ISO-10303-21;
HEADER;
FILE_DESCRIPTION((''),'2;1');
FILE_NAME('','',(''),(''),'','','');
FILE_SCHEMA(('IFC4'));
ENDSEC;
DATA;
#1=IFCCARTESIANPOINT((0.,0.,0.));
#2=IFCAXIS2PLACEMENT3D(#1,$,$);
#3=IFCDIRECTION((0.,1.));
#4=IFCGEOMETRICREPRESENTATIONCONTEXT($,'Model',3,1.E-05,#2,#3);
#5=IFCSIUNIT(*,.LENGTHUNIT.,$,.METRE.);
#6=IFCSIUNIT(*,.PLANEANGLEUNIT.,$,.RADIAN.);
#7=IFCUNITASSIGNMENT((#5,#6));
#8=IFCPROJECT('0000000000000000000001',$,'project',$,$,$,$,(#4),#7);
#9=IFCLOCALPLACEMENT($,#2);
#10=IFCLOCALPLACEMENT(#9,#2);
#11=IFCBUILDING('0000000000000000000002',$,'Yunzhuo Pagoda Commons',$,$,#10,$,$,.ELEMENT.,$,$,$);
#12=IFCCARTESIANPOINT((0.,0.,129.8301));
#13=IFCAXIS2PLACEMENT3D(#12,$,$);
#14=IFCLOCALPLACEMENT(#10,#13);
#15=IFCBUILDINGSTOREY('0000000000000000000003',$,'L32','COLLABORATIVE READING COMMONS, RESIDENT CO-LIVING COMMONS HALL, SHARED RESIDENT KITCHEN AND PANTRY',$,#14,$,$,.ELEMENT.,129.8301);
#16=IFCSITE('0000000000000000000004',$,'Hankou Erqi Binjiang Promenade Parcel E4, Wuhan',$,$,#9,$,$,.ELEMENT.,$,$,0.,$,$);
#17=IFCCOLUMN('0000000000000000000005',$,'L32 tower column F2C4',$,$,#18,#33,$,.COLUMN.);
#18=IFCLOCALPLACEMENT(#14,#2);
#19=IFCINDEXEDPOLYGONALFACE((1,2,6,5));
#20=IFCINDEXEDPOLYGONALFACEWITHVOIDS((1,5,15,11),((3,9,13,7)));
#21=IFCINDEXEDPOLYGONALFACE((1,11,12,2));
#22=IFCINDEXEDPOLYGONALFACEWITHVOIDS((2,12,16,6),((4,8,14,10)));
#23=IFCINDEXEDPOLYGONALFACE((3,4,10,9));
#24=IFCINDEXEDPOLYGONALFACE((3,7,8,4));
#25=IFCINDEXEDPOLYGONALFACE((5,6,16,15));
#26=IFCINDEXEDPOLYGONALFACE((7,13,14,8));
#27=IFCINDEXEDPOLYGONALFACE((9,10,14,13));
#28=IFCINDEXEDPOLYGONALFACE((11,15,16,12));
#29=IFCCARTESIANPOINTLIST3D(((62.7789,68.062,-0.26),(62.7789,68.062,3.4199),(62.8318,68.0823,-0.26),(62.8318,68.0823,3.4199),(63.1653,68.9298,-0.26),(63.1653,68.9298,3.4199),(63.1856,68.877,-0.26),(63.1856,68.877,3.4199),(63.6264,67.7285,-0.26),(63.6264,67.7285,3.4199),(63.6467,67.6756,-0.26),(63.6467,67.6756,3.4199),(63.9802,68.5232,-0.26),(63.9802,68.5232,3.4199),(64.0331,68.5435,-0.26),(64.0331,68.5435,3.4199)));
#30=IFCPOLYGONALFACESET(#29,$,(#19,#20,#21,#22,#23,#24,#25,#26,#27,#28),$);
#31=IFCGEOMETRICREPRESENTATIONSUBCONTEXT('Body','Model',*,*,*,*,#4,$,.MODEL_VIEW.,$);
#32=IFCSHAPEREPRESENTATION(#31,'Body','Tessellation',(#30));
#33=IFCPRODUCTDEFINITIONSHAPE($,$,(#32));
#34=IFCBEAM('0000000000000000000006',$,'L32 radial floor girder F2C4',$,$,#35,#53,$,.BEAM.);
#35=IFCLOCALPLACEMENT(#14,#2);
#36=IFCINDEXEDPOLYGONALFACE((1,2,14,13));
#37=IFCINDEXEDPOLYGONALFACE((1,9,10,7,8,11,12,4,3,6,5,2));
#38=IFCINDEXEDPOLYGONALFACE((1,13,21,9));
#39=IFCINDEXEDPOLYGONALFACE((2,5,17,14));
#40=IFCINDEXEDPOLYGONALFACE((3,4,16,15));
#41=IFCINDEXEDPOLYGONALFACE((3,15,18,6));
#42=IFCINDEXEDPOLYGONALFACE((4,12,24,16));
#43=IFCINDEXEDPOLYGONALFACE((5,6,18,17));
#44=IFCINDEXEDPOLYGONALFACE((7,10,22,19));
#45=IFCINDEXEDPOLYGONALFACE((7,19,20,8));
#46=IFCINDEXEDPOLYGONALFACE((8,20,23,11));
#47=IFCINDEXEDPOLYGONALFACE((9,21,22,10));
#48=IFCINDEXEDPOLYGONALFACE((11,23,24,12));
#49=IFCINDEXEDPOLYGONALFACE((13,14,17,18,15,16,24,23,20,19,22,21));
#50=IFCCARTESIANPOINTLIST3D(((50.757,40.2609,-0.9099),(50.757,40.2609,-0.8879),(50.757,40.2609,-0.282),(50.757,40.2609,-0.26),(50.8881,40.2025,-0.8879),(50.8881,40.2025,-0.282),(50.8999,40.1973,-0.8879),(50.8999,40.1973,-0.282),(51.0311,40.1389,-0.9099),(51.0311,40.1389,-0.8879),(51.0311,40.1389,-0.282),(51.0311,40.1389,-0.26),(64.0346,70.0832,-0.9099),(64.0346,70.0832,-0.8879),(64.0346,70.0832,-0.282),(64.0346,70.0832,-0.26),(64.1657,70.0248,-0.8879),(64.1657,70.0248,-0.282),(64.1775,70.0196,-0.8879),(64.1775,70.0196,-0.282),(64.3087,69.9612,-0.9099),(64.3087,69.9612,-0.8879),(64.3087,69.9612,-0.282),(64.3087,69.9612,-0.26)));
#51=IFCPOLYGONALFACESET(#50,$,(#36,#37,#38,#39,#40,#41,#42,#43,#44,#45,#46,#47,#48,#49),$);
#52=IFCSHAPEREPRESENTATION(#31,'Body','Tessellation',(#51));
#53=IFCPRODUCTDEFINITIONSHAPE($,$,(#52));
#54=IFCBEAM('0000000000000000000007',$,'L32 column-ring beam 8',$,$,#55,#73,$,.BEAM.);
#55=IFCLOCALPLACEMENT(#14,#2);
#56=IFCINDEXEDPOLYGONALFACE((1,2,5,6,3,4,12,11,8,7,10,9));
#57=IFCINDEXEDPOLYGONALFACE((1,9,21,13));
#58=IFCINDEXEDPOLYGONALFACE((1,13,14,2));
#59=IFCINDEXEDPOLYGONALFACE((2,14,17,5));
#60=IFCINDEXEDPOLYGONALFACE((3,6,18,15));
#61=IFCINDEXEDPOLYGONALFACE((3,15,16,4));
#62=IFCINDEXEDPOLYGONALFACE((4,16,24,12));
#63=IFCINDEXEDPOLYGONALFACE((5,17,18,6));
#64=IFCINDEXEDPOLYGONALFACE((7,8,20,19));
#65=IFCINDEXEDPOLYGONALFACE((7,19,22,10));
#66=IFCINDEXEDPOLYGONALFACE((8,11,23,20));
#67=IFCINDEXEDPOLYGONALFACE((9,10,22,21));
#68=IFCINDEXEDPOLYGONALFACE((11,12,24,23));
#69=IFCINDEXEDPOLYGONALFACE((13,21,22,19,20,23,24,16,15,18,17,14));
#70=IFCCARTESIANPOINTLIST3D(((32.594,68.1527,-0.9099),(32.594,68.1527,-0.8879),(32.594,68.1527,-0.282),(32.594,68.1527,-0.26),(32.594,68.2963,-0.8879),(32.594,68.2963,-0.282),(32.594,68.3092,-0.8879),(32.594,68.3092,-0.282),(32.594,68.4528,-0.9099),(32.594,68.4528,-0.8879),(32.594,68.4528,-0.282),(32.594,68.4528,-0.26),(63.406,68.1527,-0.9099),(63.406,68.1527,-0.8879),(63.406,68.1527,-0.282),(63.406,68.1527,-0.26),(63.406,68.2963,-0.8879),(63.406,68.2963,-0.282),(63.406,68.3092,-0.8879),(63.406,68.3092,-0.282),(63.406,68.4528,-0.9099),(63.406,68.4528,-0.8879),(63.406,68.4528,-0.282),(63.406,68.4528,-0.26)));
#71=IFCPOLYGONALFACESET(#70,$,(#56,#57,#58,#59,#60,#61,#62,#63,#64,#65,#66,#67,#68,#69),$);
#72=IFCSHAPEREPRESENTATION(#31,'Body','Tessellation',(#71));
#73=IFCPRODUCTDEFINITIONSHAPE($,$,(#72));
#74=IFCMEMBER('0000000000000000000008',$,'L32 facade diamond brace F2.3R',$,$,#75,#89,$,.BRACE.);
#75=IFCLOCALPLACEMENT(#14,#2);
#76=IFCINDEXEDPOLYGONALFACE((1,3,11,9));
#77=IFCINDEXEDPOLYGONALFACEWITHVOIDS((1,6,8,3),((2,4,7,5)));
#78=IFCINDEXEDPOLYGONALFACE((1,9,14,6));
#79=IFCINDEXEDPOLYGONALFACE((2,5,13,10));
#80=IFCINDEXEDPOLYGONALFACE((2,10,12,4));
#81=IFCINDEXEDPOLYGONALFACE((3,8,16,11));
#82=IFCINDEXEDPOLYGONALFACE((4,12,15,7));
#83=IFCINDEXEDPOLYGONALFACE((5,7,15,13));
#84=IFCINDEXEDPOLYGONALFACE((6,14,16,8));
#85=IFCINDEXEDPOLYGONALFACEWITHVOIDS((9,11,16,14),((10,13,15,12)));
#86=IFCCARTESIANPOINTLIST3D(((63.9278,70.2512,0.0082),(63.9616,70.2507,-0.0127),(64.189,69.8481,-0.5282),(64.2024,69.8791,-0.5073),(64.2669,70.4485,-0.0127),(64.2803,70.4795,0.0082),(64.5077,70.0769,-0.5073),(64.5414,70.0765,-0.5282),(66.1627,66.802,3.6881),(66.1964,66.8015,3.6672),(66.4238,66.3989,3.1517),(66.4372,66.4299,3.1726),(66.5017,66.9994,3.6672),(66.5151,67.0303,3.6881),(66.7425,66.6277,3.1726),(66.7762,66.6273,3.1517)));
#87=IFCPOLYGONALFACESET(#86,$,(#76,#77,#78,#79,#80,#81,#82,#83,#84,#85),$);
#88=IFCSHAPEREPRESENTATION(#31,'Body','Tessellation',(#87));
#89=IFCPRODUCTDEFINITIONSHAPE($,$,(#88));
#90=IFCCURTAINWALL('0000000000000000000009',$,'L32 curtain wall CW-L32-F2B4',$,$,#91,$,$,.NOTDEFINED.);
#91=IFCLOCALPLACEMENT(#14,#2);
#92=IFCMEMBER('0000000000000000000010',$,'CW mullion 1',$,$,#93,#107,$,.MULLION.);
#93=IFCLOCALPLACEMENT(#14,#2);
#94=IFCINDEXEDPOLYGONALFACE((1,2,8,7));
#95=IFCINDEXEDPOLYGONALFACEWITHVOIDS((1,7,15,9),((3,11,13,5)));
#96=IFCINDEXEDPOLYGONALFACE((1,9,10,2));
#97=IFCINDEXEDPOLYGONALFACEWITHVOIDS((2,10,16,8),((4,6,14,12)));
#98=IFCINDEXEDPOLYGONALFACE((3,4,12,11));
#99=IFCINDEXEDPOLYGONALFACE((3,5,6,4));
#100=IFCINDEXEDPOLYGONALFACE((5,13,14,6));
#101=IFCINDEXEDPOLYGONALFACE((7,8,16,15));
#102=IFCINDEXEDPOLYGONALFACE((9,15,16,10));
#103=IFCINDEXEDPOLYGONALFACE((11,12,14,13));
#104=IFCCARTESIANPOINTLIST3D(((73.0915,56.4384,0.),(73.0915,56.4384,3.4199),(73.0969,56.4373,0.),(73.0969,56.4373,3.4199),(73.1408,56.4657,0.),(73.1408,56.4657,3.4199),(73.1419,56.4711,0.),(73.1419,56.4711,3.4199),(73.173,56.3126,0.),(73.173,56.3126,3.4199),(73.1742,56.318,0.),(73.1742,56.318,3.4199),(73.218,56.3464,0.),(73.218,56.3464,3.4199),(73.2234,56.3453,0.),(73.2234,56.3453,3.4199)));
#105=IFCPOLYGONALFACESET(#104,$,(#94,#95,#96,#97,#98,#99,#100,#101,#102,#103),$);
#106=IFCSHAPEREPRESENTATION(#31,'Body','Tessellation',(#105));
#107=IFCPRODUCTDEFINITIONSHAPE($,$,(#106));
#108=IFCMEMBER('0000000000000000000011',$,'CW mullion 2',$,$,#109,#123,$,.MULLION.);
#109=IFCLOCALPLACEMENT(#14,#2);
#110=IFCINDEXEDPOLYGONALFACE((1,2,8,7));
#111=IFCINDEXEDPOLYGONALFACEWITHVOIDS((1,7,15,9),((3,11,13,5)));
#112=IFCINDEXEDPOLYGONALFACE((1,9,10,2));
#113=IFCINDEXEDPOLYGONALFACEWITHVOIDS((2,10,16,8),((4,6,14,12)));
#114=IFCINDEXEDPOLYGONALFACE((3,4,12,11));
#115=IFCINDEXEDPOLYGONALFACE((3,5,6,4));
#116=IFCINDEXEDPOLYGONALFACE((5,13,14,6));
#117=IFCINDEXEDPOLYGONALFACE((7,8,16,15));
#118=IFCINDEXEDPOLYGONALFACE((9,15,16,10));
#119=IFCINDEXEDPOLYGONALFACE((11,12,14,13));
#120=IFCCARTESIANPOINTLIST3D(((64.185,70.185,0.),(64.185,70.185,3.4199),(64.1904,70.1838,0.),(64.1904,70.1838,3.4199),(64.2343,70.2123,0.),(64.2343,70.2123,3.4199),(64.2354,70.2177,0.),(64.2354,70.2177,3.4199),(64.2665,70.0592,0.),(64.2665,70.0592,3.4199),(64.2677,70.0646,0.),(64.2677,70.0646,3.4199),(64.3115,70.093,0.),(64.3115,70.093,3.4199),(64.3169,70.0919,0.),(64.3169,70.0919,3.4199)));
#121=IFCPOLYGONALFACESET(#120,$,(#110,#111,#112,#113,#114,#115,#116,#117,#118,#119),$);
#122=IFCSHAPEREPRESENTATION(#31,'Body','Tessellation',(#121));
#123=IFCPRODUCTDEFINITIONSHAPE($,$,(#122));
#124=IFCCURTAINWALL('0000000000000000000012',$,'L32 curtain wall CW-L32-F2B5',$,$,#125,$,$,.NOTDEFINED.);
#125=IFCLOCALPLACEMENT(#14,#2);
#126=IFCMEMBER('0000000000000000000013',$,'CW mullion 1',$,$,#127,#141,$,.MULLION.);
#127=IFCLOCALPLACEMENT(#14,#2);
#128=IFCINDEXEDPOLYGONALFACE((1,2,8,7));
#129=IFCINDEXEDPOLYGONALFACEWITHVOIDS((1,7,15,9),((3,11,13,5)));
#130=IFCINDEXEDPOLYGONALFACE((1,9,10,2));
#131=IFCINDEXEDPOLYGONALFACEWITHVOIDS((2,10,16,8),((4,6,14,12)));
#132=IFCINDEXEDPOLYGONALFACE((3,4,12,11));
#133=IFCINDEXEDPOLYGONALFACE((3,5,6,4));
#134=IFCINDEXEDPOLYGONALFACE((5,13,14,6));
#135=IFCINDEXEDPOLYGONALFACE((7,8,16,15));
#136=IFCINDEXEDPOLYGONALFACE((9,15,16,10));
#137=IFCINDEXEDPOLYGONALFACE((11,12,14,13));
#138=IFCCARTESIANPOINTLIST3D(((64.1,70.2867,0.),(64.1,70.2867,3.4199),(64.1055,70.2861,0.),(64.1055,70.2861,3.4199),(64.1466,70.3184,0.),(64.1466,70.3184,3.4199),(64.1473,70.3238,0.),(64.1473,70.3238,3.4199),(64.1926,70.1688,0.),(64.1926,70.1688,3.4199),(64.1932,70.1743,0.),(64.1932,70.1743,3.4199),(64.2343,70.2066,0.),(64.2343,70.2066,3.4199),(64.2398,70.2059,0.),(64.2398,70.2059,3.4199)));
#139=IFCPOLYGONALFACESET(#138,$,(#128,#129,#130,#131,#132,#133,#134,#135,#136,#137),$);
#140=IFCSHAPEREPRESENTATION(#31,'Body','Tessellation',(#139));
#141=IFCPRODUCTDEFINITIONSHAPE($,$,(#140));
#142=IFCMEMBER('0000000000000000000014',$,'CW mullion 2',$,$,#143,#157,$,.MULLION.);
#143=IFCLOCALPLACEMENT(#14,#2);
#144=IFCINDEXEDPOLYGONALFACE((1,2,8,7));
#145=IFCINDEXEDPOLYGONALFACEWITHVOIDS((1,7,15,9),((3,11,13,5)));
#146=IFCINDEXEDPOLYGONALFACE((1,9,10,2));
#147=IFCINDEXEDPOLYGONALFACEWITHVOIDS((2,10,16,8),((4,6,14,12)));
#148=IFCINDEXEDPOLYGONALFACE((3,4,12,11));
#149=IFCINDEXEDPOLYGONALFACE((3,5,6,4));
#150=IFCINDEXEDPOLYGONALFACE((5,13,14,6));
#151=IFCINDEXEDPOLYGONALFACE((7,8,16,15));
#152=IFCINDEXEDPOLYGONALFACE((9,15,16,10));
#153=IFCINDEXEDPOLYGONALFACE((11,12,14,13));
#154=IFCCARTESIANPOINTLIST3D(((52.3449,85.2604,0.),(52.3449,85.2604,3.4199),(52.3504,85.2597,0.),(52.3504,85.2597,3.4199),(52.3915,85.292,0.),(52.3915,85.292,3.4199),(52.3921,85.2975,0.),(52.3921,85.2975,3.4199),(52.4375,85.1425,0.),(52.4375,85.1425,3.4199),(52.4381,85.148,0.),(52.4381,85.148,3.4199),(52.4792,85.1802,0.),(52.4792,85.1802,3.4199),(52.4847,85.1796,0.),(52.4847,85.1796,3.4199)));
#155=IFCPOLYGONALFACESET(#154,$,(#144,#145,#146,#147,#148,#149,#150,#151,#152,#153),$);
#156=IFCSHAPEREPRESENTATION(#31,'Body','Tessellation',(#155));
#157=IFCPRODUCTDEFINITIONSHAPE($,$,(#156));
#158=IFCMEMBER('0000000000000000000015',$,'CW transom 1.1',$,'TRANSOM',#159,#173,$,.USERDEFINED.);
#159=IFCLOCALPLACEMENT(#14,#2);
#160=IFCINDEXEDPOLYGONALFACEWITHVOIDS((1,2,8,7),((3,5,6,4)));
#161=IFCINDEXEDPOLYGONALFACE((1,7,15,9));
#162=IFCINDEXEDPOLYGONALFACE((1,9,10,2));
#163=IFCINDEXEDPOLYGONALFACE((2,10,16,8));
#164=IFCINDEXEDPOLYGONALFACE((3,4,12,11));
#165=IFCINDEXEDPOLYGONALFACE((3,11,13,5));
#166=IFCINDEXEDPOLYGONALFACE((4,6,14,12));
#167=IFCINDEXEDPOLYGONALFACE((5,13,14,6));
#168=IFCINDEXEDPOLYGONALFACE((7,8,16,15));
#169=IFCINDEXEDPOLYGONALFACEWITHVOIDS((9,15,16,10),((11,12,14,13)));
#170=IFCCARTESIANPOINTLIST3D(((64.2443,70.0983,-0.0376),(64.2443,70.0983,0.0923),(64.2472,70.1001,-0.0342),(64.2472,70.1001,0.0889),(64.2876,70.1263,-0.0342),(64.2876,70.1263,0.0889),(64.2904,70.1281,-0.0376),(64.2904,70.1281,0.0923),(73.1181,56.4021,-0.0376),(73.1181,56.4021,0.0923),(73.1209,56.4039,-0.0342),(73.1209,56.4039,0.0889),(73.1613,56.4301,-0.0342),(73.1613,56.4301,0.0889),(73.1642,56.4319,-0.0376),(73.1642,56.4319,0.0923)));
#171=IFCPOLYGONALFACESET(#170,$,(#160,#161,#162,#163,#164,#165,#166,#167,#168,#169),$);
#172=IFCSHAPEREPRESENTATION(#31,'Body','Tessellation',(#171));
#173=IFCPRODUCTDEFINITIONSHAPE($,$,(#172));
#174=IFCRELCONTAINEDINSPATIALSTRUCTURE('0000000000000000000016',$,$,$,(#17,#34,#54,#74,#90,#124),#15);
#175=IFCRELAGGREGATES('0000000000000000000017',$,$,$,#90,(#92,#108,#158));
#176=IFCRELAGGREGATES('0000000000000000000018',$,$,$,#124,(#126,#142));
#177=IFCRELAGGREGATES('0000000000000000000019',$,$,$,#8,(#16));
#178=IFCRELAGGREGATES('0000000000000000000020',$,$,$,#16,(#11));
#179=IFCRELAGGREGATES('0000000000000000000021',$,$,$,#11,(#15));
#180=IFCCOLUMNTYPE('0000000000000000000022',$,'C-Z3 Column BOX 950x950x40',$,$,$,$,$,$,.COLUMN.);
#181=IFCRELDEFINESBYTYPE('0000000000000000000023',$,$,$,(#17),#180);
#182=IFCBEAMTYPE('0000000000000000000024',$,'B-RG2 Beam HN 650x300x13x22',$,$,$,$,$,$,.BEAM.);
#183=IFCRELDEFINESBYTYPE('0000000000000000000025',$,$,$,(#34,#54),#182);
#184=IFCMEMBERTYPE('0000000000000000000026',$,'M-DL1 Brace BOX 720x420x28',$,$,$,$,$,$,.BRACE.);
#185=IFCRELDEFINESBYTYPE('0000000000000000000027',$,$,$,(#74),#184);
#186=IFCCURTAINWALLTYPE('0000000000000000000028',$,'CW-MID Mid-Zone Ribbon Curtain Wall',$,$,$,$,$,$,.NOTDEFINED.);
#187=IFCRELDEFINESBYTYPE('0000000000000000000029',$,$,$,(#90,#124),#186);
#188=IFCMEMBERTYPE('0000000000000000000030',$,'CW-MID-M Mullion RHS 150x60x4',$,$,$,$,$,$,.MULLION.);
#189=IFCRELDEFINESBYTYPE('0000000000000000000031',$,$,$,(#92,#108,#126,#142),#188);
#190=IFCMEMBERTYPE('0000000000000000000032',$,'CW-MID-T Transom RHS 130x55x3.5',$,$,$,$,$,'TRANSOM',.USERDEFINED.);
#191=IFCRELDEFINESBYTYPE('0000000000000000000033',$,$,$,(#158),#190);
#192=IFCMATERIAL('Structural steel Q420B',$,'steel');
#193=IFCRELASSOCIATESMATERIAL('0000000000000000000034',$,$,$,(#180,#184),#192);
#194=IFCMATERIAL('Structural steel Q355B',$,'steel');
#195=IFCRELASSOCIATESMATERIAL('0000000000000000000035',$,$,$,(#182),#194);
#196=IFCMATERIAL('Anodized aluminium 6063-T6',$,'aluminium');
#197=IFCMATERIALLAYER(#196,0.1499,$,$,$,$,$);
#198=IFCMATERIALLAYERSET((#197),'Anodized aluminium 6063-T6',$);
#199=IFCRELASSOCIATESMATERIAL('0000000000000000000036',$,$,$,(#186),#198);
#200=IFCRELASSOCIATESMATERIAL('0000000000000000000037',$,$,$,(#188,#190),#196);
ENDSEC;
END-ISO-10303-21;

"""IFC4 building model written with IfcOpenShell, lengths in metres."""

from ifc_helpers import new_model, si_unit, direction, frame, origin, origin_2d, place, context, subcontext, project, spatial, hollow_rectangle, i_section, extrude, source, transform, mapped, material, layer, layer_set, material_profile, profile_set, type_object, element, aggregate, save


model = new_model("IFC4")

# Units and contexts
model_context = context("Model", 3, precision=1e-05, world=origin(), true_north=direction((0.0, 1.0)))
body_context = subcontext(model_context, "Body", "Model", "MODEL_VIEW")
ifc_project = project(units=[si_unit("LENGTHUNIT", "METRE"), si_unit("PLANEANGLEUNIT", "RADIAN")], contexts=[model_context])

# Site, building, storey
site_placement = place(None, origin())
site = spatial("IfcSite", under=ifc_project, at=site_placement, Name="Hankou Erqi Binjiang Promenade Parcel E4, Wuhan", CompositionType="ELEMENT", RefElevation=0.0)
building_placement = place(site_placement, origin())
building = spatial("IfcBuilding", under=site, at=building_placement, Name="Yunzhuo Pagoda Commons", CompositionType="ELEMENT")
storey_placement = place(building_placement, frame((0.0, 0.0, 129.8301)))
storey = spatial("IfcBuildingStorey", under=building, at=storey_placement, Name="L32", Description="COLLABORATIVE READING COMMONS, RESIDENT CO-LIVING COMMONS HALL, SHARED RESIDENT KITCHEN AND PANTRY", CompositionType="ELEMENT", Elevation=129.8301)

# Column
ifc_material_1 = material(Name="Structural steel Q420B", Category="steel")
ifc_material_profile_1 = material_profile(ifc_material_1, hollow_rectangle(XDim=0.95, YDim=0.95, WallThickness=0.04, at=origin_2d()), Name="Structural steel Q420B")
ifc_profile_set_1 = profile_set([ifc_material_profile_1], Name="Structural steel Q420B")
column_type = type_object("IfcColumnType", Name="C-Z3 Column BOX 950x950x40", PredefinedType="COLUMN", material=ifc_profile_set_1)
shared_shape_1 = source(origin(), body_context, "Body", "SweptSolid", [
    extrude(hollow_rectangle(XDim=0.95, YDim=0.95, WallThickness=0.04, at=origin_2d()), origin(), (0.0, 0.0, 1.0), 3.6799),
])
column_placement = place(storey_placement, frame((63.406, 68.3027, -0.26), z_axis=(0.0, 0.0, 1.0), x_axis=(-0.913545, 0.406737, 0.0)))
element("IfcColumn", 1, at=column_placement, inside=storey, type_object=column_type, Name="L32 tower column F2C4", PredefinedType="COLUMN", context=body_context, shape_type="MappedRepresentation", body=[
    mapped(shared_shape_1, transform((0.0, 0.0, 0.0), scale=1.0)),
])

# Beams
ifc_material_2 = material(Name="Structural steel Q355B", Category="steel")
ifc_material_profile_2 = material_profile(ifc_material_2, i_section(OverallWidth=0.3, OverallDepth=0.6499, WebThickness=0.0129, FlangeThickness=0.022, at=origin_2d()), Name="Structural steel Q355B")
ifc_profile_set_2 = profile_set([ifc_material_profile_2], Name="Structural steel Q355B")
beam_type = type_object("IfcBeamType", Name="B-RG2 Beam HN 650x300x13x22", PredefinedType="BEAM", material=ifc_profile_set_2)
shared_shape_2 = source(origin(), body_context, "Body", "SweptSolid", [
    extrude(i_section(OverallWidth=0.3, OverallDepth=0.6499, WebThickness=0.0129, FlangeThickness=0.022, at=origin_2d()), origin(), (0.0, 0.0, 1.0), 32.6445),
])
beam_1_placement = place(storey_placement, frame((64.1716, 70.0222, -0.585), z_axis=(-0.406733, -0.913547, 0.0), x_axis=(0.913547, -0.406733, 0.0)))
element("IfcBeam", 2, at=beam_1_placement, inside=storey, type_object=beam_type, Name="L32 radial floor girder F2C4", PredefinedType="BEAM", context=body_context, shape_type="MappedRepresentation", body=[
    mapped(shared_shape_2, transform((0.0, 0.0, 0.0), scale=1.0)),
])
shared_shape_3 = source(origin(), body_context, "Body", "SweptSolid", [
    extrude(i_section(OverallWidth=0.3, OverallDepth=0.6499, WebThickness=0.0129, FlangeThickness=0.022, at=origin_2d()), origin(), (0.0, 0.0, 1.0), 30.812),
])
beam_2_placement = place(storey_placement, frame((63.406, 68.3027, -0.585), z_axis=(-1.0, 0.0, 0.0), x_axis=(0.0, -1.0, 0.0)))
element("IfcBeam", 3, at=beam_2_placement, inside=storey, type_object=beam_type, Name="L32 column-ring beam 8", PredefinedType="BEAM", context=body_context, shape_type="MappedRepresentation", body=[
    mapped(shared_shape_3, transform((0.0, 0.0, 0.0), scale=1.0)),
])

# Member
ifc_material_profile_3 = material_profile(ifc_material_1, hollow_rectangle(XDim=0.4199, YDim=0.72, WallThickness=0.0281, at=origin_2d()), Name="Structural steel Q420B")
ifc_profile_set_3 = profile_set([ifc_material_profile_3], Name="Structural steel Q420B")
member_type_1 = type_object("IfcMemberType", Name="M-DL1 Brace BOX 720x420x28", PredefinedType="BRACE", material=ifc_profile_set_3)
shared_shape_4 = source(origin(), body_context, "Body", "SweptSolid", [
    extrude(hollow_rectangle(XDim=0.4199, YDim=0.72, WallThickness=0.0281, at=origin_2d()), origin(), (0.0, 0.0, 1.0), 5.5166),
])
member_1_placement = place(storey_placement, frame((64.2346, 70.1638, -0.26), z_axis=(0.405111, -0.625236, 0.667057), x_axis=(0.839235, 0.543768, 0.0)))
element("IfcMember", 4, at=member_1_placement, inside=storey, type_object=member_type_1, Name="L32 facade diamond brace F2.3R", PredefinedType="BRACE", context=body_context, shape_type="MappedRepresentation", body=[
    mapped(shared_shape_4, transform((0.0, 0.0, 0.0), scale=1.0)),
])

# Curtain walls, members
ifc_material_3 = material(Name="Anodized aluminium 6063-T6", Category="aluminium")
ifc_layer_1 = layer(ifc_material_3, 0.1499)
ifc_layer_set_1 = layer_set([ifc_layer_1], Name="Anodized aluminium 6063-T6")
curtain_wall_type = type_object("IfcCurtainWallType", Name="CW-MID Mid-Zone Ribbon Curtain Wall", PredefinedType="NOTDEFINED", material=ifc_layer_set_1)
curtain_wall_1_placement = place(storey_placement, origin())
curtain_wall_1 = element("IfcCurtainWall", 5, at=curtain_wall_1_placement, inside=storey, type_object=curtain_wall_type, Name="L32 curtain wall CW-L32-F2B4", PredefinedType="NOTDEFINED")
ifc_material_profile_4 = material_profile(ifc_material_3, hollow_rectangle(XDim=0.0601, YDim=0.1499, WallThickness=0.0039, at=origin_2d()), Name="Anodized aluminium 6063-T6")
ifc_profile_set_4 = profile_set([ifc_material_profile_4], Name="Anodized aluminium 6063-T6")
member_type_2 = type_object("IfcMemberType", Name="CW-MID-M Mullion RHS 150x60x4", PredefinedType="MULLION", material=ifc_profile_set_4)
shared_shape_5 = source(origin(), body_context, "Body", "SweptSolid", [
    extrude(hollow_rectangle(XDim=0.0601, YDim=0.1499, WallThickness=0.0039, at=origin_2d()), origin(), (0.0, 0.0, 1.0), 3.4199),
])
member_2_placement = place(storey_placement, frame((73.1575, 56.3918, 0.0), z_axis=(0.0, 0.0, 1.0), x_axis=(-0.839249, -0.543747, 0.0)))
member_2 = element("IfcMember", 6, at=member_2_placement, type_object=member_type_2, Name="CW mullion 1", PredefinedType="MULLION", context=body_context, shape_type="MappedRepresentation", body=[
    mapped(shared_shape_5, transform((0.0, 0.0, 0.0), scale=1.0)),
])
member_3_placement = place(storey_placement, frame((64.251, 70.1384, 0.0), z_axis=(0.0, 0.0, 1.0), x_axis=(-0.839249, -0.543747, 0.0)))
member_3 = element("IfcMember", 7, at=member_3_placement, type_object=member_type_2, Name="CW mullion 2", PredefinedType="MULLION", context=body_context, shape_type="MappedRepresentation", body=[
    mapped(shared_shape_5, transform((0.0, 0.0, 0.0), scale=1.0)),
])
curtain_wall_2_placement = place(storey_placement, origin())
curtain_wall_2 = element("IfcCurtainWall", 8, at=curtain_wall_2_placement, inside=storey, type_object=curtain_wall_type, Name="L32 curtain wall CW-L32-F2B5", PredefinedType="NOTDEFINED")
member_4_placement = place(storey_placement, frame((64.1699, 70.2463, 0.0), z_axis=(0.0, 0.0, 1.0), x_axis=(-0.786572, -0.617499, 0.0)))
member_4 = element("IfcMember", 9, at=member_4_placement, type_object=member_type_2, Name="CW mullion 1", PredefinedType="MULLION", context=body_context, shape_type="MappedRepresentation", body=[
    mapped(shared_shape_5, transform((0.0, 0.0, 0.0), scale=1.0)),
])
member_5_placement = place(storey_placement, frame((52.4148, 85.22, 0.0), z_axis=(0.0, 0.0, 1.0), x_axis=(-0.786572, -0.617499, 0.0)))
member_5 = element("IfcMember", 10, at=member_5_placement, type_object=member_type_2, Name="CW mullion 2", PredefinedType="MULLION", context=body_context, shape_type="MappedRepresentation", body=[
    mapped(shared_shape_5, transform((0.0, 0.0, 0.0), scale=1.0)),
])

# Member
ifc_material_profile_5 = material_profile(ifc_material_3, hollow_rectangle(XDim=0.0549, YDim=0.1299, WallThickness=0.0034, at=origin_2d()), Name="Anodized aluminium 6063-T6")
ifc_profile_set_5 = profile_set([ifc_material_profile_5], Name="Anodized aluminium 6063-T6")
member_type_3 = type_object("IfcMemberType", Name="CW-MID-T Transom RHS 130x55x3.5", ElementType="TRANSOM", PredefinedType="USERDEFINED", material=ifc_profile_set_5)
shared_shape_6 = source(origin(), body_context, "Body", "SweptSolid", [
    extrude(hollow_rectangle(XDim=0.0549, YDim=0.1299, WallThickness=0.0034, at=origin_2d()), origin(), (0.0, 0.0, 1.0), 16.3196),
])
member_6_placement = place(storey_placement, frame((73.1411, 56.417, 0.0273), z_axis=(-0.543747, 0.839249, 0.0), x_axis=(-0.839249, -0.543747, 0.0)))
member_6 = element("IfcMember", 11, at=member_6_placement, type_object=member_type_3, Name="CW transom 1.1", ObjectType="TRANSOM", PredefinedType="USERDEFINED", context=body_context, shape_type="MappedRepresentation", body=[
    mapped(shared_shape_6, transform((0.0, 0.0, 0.0), scale=1.0)),
])

aggregate(curtain_wall_1, [member_2, member_3, member_6])

aggregate(curtain_wall_2, [member_4, member_5])

save(model, "model.ifc")
